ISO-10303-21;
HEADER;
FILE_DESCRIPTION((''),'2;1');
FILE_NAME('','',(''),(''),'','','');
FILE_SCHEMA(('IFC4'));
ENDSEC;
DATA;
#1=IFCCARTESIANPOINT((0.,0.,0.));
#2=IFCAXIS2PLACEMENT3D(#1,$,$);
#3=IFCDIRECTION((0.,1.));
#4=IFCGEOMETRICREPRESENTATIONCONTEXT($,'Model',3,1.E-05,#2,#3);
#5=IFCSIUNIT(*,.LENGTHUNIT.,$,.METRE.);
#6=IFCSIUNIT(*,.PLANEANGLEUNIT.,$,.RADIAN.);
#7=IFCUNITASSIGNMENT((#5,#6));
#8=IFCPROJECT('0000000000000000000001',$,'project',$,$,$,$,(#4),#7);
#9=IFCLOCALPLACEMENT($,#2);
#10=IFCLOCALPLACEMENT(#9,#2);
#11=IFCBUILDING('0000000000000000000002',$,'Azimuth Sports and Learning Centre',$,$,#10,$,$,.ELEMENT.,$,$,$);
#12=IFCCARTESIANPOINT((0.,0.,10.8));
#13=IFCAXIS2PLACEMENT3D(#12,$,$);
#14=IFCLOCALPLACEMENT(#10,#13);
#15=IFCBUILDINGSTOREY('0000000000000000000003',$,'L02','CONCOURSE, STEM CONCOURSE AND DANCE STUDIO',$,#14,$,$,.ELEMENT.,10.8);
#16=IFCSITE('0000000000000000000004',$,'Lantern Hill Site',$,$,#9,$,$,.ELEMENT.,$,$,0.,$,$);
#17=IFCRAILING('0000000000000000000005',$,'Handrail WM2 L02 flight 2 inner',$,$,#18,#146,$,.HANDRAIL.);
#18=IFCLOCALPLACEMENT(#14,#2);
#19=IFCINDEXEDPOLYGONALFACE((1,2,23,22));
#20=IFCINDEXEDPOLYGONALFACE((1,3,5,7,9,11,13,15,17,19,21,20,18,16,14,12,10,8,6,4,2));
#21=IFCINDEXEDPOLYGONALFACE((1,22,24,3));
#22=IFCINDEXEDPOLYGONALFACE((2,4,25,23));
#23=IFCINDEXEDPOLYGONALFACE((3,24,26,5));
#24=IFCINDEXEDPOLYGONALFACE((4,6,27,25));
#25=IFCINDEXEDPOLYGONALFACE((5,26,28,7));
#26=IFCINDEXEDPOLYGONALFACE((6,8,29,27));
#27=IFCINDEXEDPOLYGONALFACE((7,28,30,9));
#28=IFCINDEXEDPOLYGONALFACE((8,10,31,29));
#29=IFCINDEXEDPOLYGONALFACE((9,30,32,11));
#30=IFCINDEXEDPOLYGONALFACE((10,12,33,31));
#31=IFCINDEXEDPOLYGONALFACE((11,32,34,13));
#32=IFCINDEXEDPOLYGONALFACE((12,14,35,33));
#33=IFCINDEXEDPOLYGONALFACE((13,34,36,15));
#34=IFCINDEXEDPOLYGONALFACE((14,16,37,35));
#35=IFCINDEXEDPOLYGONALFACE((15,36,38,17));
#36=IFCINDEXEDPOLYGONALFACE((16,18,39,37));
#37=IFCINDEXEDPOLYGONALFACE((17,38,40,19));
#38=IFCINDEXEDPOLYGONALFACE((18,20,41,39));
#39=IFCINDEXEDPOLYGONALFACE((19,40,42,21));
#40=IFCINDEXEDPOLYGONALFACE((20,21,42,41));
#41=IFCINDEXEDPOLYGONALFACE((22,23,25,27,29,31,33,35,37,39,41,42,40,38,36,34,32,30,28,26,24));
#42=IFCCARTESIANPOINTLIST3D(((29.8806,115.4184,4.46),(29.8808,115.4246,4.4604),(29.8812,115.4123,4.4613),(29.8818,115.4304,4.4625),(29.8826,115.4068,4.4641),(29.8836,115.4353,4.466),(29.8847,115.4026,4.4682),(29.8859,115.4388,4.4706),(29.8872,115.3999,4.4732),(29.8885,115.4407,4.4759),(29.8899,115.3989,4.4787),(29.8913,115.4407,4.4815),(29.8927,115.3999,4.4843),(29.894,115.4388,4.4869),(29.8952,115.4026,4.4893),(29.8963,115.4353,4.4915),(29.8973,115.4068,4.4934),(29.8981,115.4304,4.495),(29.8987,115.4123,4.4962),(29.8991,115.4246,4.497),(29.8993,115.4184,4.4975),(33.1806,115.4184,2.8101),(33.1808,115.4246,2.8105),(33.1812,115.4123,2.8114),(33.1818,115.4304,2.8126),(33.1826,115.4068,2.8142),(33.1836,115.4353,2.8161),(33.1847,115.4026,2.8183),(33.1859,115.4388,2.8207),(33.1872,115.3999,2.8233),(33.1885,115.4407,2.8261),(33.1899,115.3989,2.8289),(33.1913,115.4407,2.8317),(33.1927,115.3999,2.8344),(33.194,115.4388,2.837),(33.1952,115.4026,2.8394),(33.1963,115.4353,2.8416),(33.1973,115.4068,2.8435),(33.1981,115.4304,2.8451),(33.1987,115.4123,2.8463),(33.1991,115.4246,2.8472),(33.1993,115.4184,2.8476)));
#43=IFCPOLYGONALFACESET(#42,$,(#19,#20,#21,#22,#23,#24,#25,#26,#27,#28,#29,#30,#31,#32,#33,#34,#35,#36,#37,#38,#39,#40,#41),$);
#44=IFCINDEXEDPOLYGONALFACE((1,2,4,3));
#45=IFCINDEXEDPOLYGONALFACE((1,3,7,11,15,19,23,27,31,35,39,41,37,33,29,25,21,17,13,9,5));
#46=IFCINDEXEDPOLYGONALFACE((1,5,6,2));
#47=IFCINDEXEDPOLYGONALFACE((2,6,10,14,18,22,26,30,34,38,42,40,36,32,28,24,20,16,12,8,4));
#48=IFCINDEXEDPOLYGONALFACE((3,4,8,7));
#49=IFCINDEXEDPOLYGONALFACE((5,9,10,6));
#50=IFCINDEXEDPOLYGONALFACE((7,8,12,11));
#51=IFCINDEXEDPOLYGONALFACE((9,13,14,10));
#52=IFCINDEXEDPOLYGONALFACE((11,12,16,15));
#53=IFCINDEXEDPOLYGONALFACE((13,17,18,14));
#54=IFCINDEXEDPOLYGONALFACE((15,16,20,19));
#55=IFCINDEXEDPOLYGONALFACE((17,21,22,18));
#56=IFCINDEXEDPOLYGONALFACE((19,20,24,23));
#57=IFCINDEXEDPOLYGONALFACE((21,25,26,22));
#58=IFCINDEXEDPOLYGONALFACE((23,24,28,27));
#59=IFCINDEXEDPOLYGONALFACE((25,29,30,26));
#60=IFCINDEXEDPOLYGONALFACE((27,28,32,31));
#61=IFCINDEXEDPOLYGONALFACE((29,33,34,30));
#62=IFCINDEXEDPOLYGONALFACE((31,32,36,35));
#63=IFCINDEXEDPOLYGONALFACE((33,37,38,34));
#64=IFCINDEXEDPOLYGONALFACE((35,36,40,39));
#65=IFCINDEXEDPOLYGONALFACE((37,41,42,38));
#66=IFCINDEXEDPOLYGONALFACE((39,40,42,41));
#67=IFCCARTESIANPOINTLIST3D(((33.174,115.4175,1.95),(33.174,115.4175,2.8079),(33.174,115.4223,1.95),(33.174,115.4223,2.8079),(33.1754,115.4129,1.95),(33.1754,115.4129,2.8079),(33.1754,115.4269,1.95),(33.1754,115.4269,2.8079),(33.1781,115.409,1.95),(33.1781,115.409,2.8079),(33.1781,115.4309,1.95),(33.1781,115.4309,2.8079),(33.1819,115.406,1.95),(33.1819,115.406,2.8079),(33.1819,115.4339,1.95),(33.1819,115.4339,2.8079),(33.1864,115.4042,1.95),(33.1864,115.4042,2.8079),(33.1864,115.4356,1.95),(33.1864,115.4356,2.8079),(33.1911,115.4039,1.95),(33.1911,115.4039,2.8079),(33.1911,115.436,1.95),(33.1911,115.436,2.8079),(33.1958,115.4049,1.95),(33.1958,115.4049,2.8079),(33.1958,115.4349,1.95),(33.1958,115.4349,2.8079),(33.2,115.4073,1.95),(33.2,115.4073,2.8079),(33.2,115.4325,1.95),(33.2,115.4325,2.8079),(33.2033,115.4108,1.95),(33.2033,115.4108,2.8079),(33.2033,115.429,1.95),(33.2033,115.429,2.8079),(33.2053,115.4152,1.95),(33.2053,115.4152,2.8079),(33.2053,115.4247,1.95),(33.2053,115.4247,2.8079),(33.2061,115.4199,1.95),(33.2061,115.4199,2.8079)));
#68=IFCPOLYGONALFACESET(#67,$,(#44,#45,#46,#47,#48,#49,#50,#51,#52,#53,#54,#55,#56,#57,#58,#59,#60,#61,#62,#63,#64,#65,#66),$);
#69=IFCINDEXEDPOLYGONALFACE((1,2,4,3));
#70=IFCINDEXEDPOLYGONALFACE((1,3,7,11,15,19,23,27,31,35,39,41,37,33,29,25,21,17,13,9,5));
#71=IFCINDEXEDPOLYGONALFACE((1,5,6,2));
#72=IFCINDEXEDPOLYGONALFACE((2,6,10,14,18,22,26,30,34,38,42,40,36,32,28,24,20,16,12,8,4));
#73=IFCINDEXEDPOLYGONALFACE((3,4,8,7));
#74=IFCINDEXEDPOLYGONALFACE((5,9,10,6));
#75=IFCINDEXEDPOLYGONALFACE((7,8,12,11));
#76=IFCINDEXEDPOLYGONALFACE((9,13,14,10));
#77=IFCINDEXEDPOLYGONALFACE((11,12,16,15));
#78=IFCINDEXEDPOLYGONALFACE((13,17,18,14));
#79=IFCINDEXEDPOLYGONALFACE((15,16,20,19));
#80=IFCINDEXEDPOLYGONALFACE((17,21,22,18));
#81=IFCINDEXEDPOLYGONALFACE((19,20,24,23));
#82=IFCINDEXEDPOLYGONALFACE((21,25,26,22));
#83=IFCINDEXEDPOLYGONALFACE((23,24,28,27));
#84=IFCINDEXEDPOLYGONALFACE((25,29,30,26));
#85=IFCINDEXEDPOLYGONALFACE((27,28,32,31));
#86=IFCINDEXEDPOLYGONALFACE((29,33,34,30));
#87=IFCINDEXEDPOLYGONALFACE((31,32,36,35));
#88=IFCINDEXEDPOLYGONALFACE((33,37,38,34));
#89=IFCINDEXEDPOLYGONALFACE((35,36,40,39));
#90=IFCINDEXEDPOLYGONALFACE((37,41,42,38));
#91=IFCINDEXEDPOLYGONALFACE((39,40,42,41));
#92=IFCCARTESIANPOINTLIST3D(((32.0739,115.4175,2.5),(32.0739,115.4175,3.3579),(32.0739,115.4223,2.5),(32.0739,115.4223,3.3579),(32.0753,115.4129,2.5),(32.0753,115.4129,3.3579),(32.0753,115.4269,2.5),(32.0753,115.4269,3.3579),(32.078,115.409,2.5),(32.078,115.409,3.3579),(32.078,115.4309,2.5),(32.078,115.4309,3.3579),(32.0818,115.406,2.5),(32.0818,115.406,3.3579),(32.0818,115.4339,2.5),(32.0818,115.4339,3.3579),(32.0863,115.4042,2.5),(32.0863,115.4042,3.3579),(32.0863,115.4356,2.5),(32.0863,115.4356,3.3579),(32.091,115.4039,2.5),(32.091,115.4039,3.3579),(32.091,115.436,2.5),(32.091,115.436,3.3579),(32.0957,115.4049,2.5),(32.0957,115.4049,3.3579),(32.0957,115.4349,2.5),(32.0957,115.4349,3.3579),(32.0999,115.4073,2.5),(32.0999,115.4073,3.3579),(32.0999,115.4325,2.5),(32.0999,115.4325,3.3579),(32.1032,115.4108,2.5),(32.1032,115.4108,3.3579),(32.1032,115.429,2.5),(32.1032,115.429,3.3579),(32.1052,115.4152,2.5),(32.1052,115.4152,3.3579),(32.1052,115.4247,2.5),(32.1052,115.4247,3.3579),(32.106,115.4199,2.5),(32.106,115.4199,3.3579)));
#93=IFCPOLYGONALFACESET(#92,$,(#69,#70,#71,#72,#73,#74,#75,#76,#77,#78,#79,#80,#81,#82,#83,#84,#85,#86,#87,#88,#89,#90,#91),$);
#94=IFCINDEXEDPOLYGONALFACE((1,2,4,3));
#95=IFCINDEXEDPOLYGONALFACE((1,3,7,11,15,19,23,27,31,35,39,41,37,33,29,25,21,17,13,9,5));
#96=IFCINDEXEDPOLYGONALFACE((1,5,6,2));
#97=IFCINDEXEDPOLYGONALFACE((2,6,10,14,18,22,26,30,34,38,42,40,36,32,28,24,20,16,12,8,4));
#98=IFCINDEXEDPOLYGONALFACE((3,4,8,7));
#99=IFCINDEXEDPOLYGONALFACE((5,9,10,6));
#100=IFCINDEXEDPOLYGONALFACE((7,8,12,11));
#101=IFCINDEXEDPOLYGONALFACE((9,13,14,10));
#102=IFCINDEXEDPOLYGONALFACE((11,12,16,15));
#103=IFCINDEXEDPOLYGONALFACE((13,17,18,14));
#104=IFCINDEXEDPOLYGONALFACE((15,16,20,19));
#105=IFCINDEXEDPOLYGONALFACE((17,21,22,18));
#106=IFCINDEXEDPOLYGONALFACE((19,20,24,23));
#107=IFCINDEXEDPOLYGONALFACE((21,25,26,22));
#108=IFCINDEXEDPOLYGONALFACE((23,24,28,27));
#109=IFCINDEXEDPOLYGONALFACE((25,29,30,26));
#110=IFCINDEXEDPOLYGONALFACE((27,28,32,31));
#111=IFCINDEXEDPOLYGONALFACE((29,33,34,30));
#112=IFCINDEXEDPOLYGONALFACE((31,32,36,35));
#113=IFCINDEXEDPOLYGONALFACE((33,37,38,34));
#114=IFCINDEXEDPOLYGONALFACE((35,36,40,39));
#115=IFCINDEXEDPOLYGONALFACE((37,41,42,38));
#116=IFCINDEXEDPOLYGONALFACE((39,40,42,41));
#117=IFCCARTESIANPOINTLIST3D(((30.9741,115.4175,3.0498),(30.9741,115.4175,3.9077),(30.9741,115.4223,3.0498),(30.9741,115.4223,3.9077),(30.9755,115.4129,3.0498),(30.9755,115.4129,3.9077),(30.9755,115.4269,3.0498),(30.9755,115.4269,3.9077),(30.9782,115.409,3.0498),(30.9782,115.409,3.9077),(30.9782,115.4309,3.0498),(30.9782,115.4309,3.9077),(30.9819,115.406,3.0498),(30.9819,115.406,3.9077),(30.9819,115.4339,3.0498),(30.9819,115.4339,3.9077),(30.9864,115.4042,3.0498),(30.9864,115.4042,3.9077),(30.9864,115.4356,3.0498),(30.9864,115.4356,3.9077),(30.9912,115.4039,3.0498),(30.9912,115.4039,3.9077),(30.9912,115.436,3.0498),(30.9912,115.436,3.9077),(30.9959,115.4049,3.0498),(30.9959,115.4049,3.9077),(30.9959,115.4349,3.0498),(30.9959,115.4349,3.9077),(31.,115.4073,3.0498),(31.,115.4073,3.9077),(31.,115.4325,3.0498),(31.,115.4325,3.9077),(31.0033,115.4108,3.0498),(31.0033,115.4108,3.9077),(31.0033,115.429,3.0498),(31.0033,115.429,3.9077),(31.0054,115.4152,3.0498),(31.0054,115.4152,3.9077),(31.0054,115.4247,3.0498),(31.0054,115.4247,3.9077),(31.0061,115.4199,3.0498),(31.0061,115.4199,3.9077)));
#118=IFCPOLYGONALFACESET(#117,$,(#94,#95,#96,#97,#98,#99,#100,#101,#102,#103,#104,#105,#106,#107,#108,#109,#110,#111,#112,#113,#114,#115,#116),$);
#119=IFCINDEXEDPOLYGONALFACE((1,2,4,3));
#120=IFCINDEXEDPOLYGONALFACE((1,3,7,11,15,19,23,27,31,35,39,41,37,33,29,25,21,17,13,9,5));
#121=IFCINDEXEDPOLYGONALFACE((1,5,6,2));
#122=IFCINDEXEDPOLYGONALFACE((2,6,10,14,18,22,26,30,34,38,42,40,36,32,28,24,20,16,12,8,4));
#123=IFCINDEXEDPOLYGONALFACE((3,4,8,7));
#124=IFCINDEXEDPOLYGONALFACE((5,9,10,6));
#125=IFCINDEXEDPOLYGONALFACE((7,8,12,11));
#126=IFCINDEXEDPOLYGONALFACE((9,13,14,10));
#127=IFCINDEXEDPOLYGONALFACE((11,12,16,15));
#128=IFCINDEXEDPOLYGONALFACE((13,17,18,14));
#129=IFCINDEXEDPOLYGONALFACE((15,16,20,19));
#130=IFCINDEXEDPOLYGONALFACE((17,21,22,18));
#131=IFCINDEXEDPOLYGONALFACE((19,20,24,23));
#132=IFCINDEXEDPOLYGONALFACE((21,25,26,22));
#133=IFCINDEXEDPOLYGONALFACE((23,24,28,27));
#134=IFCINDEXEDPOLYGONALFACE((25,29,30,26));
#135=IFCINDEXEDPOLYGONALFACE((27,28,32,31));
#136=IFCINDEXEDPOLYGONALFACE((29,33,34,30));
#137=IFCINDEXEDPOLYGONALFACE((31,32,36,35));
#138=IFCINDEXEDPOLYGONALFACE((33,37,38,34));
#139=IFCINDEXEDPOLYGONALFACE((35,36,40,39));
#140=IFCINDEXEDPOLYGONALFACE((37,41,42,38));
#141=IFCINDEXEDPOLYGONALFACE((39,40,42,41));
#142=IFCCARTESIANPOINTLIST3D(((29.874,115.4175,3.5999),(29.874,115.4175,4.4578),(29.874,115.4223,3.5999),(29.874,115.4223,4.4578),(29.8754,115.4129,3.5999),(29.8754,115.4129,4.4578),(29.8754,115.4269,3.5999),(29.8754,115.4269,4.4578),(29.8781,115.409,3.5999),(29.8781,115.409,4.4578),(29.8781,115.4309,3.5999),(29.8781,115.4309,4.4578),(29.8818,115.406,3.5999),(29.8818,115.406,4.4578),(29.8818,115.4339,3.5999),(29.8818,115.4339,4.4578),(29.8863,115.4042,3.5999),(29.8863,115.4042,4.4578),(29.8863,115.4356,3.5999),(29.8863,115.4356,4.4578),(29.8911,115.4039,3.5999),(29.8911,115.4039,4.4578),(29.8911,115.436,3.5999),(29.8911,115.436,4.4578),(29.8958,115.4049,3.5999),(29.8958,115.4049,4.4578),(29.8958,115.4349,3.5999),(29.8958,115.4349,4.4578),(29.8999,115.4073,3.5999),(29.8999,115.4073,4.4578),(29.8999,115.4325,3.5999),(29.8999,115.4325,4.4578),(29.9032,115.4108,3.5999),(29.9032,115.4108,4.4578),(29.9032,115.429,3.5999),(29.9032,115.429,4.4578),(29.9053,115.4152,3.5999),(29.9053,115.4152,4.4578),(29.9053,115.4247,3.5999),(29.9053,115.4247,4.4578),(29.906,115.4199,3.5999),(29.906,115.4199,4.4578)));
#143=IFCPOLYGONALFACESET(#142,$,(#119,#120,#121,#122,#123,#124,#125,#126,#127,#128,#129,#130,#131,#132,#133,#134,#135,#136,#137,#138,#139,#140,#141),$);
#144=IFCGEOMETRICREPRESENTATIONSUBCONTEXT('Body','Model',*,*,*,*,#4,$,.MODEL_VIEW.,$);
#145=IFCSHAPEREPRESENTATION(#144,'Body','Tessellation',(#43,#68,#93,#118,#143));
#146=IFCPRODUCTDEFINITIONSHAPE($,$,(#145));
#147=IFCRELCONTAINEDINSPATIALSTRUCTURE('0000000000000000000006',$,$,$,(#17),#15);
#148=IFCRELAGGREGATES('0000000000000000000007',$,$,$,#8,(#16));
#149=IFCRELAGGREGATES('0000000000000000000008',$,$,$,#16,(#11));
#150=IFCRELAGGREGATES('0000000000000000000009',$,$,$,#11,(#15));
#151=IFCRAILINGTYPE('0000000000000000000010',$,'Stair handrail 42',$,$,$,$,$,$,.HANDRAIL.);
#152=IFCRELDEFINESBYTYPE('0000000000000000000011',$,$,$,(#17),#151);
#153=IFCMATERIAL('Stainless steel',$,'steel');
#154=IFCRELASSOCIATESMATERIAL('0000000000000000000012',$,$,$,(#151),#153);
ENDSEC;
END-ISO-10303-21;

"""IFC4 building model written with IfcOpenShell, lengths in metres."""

from ifc_helpers import new_model, si_unit, direction, frame, origin, origin_2d, place, context, subcontext, project, spatial, circle, extrude, material, type_object, element, save


model = new_model("IFC4")

# Units and contexts
model_context = context("Model", 3, precision=1e-05, world=origin(), true_north=direction((0.0, 1.0)))
body_context = subcontext(model_context, "Body", "Model", "MODEL_VIEW")
ifc_project = project(units=[si_unit("LENGTHUNIT", "METRE"), si_unit("PLANEANGLEUNIT", "RADIAN")], contexts=[model_context])

# Site, building, storey
site_placement = place(None, origin())
site = spatial("IfcSite", under=ifc_project, at=site_placement, Name="Lantern Hill Site", CompositionType="ELEMENT", RefElevation=0.0)
building_placement = place(site_placement, origin())
building = spatial("IfcBuilding", under=site, at=building_placement, Name="Azimuth Sports and Learning Centre", CompositionType="ELEMENT")
storey_placement = place(building_placement, frame((0.0, 0.0, 10.8)))
storey = spatial("IfcBuildingStorey", under=building, at=storey_placement, Name="L02", Description="CONCOURSE, STEM CONCOURSE AND DANCE STUDIO", CompositionType="ELEMENT", Elevation=10.8)

# Railing
ifc_material_1 = material(Name="Stainless steel", Category="steel")
railing_type_1 = type_object("IfcRailingType", Name="Stair handrail 42", PredefinedType="HANDRAIL", material=ifc_material_1)
for number, where, name in (
    (1, (33.1899, 115.4199, 1.95), "Handrail WM2 L02 flight 2 inner"),
):
    element("IfcRailing", number, at=place(storey_placement, frame(where)), inside=storey, type_object=railing_type_1, Name=name, PredefinedType="HANDRAIL", context=body_context, shape_type="SweptSolid", body=[
        extrude(circle(Radius=0.021, at=origin_2d()), frame((0.0, 0.0, 0.8789), z_axis=(-0.89444, 0.0, 0.447187), x_axis=(0.0, -1.0, 0.0)), (0.0, 0.0, 1.0), 3.6895),
        extrude(circle(Radius=0.0161, at=origin_2d()), origin(), (0.0, 0.0, 1.0), 0.8579),
        extrude(circle(Radius=0.0161, at=origin_2d()), frame((-1.1001, 0.0, 0.55)), (0.0, 0.0, 1.0), 0.8579),
        extrude(circle(Radius=0.0161, at=origin_2d()), frame((-2.2, 0.0, 1.0999)), (0.0, 0.0, 1.0), 0.8579),
        extrude(circle(Radius=0.0161, at=origin_2d()), frame((-3.3, 0.0, 1.6499)), (0.0, 0.0, 1.0), 0.8579),
    ])

save(model, "model.ifc")
